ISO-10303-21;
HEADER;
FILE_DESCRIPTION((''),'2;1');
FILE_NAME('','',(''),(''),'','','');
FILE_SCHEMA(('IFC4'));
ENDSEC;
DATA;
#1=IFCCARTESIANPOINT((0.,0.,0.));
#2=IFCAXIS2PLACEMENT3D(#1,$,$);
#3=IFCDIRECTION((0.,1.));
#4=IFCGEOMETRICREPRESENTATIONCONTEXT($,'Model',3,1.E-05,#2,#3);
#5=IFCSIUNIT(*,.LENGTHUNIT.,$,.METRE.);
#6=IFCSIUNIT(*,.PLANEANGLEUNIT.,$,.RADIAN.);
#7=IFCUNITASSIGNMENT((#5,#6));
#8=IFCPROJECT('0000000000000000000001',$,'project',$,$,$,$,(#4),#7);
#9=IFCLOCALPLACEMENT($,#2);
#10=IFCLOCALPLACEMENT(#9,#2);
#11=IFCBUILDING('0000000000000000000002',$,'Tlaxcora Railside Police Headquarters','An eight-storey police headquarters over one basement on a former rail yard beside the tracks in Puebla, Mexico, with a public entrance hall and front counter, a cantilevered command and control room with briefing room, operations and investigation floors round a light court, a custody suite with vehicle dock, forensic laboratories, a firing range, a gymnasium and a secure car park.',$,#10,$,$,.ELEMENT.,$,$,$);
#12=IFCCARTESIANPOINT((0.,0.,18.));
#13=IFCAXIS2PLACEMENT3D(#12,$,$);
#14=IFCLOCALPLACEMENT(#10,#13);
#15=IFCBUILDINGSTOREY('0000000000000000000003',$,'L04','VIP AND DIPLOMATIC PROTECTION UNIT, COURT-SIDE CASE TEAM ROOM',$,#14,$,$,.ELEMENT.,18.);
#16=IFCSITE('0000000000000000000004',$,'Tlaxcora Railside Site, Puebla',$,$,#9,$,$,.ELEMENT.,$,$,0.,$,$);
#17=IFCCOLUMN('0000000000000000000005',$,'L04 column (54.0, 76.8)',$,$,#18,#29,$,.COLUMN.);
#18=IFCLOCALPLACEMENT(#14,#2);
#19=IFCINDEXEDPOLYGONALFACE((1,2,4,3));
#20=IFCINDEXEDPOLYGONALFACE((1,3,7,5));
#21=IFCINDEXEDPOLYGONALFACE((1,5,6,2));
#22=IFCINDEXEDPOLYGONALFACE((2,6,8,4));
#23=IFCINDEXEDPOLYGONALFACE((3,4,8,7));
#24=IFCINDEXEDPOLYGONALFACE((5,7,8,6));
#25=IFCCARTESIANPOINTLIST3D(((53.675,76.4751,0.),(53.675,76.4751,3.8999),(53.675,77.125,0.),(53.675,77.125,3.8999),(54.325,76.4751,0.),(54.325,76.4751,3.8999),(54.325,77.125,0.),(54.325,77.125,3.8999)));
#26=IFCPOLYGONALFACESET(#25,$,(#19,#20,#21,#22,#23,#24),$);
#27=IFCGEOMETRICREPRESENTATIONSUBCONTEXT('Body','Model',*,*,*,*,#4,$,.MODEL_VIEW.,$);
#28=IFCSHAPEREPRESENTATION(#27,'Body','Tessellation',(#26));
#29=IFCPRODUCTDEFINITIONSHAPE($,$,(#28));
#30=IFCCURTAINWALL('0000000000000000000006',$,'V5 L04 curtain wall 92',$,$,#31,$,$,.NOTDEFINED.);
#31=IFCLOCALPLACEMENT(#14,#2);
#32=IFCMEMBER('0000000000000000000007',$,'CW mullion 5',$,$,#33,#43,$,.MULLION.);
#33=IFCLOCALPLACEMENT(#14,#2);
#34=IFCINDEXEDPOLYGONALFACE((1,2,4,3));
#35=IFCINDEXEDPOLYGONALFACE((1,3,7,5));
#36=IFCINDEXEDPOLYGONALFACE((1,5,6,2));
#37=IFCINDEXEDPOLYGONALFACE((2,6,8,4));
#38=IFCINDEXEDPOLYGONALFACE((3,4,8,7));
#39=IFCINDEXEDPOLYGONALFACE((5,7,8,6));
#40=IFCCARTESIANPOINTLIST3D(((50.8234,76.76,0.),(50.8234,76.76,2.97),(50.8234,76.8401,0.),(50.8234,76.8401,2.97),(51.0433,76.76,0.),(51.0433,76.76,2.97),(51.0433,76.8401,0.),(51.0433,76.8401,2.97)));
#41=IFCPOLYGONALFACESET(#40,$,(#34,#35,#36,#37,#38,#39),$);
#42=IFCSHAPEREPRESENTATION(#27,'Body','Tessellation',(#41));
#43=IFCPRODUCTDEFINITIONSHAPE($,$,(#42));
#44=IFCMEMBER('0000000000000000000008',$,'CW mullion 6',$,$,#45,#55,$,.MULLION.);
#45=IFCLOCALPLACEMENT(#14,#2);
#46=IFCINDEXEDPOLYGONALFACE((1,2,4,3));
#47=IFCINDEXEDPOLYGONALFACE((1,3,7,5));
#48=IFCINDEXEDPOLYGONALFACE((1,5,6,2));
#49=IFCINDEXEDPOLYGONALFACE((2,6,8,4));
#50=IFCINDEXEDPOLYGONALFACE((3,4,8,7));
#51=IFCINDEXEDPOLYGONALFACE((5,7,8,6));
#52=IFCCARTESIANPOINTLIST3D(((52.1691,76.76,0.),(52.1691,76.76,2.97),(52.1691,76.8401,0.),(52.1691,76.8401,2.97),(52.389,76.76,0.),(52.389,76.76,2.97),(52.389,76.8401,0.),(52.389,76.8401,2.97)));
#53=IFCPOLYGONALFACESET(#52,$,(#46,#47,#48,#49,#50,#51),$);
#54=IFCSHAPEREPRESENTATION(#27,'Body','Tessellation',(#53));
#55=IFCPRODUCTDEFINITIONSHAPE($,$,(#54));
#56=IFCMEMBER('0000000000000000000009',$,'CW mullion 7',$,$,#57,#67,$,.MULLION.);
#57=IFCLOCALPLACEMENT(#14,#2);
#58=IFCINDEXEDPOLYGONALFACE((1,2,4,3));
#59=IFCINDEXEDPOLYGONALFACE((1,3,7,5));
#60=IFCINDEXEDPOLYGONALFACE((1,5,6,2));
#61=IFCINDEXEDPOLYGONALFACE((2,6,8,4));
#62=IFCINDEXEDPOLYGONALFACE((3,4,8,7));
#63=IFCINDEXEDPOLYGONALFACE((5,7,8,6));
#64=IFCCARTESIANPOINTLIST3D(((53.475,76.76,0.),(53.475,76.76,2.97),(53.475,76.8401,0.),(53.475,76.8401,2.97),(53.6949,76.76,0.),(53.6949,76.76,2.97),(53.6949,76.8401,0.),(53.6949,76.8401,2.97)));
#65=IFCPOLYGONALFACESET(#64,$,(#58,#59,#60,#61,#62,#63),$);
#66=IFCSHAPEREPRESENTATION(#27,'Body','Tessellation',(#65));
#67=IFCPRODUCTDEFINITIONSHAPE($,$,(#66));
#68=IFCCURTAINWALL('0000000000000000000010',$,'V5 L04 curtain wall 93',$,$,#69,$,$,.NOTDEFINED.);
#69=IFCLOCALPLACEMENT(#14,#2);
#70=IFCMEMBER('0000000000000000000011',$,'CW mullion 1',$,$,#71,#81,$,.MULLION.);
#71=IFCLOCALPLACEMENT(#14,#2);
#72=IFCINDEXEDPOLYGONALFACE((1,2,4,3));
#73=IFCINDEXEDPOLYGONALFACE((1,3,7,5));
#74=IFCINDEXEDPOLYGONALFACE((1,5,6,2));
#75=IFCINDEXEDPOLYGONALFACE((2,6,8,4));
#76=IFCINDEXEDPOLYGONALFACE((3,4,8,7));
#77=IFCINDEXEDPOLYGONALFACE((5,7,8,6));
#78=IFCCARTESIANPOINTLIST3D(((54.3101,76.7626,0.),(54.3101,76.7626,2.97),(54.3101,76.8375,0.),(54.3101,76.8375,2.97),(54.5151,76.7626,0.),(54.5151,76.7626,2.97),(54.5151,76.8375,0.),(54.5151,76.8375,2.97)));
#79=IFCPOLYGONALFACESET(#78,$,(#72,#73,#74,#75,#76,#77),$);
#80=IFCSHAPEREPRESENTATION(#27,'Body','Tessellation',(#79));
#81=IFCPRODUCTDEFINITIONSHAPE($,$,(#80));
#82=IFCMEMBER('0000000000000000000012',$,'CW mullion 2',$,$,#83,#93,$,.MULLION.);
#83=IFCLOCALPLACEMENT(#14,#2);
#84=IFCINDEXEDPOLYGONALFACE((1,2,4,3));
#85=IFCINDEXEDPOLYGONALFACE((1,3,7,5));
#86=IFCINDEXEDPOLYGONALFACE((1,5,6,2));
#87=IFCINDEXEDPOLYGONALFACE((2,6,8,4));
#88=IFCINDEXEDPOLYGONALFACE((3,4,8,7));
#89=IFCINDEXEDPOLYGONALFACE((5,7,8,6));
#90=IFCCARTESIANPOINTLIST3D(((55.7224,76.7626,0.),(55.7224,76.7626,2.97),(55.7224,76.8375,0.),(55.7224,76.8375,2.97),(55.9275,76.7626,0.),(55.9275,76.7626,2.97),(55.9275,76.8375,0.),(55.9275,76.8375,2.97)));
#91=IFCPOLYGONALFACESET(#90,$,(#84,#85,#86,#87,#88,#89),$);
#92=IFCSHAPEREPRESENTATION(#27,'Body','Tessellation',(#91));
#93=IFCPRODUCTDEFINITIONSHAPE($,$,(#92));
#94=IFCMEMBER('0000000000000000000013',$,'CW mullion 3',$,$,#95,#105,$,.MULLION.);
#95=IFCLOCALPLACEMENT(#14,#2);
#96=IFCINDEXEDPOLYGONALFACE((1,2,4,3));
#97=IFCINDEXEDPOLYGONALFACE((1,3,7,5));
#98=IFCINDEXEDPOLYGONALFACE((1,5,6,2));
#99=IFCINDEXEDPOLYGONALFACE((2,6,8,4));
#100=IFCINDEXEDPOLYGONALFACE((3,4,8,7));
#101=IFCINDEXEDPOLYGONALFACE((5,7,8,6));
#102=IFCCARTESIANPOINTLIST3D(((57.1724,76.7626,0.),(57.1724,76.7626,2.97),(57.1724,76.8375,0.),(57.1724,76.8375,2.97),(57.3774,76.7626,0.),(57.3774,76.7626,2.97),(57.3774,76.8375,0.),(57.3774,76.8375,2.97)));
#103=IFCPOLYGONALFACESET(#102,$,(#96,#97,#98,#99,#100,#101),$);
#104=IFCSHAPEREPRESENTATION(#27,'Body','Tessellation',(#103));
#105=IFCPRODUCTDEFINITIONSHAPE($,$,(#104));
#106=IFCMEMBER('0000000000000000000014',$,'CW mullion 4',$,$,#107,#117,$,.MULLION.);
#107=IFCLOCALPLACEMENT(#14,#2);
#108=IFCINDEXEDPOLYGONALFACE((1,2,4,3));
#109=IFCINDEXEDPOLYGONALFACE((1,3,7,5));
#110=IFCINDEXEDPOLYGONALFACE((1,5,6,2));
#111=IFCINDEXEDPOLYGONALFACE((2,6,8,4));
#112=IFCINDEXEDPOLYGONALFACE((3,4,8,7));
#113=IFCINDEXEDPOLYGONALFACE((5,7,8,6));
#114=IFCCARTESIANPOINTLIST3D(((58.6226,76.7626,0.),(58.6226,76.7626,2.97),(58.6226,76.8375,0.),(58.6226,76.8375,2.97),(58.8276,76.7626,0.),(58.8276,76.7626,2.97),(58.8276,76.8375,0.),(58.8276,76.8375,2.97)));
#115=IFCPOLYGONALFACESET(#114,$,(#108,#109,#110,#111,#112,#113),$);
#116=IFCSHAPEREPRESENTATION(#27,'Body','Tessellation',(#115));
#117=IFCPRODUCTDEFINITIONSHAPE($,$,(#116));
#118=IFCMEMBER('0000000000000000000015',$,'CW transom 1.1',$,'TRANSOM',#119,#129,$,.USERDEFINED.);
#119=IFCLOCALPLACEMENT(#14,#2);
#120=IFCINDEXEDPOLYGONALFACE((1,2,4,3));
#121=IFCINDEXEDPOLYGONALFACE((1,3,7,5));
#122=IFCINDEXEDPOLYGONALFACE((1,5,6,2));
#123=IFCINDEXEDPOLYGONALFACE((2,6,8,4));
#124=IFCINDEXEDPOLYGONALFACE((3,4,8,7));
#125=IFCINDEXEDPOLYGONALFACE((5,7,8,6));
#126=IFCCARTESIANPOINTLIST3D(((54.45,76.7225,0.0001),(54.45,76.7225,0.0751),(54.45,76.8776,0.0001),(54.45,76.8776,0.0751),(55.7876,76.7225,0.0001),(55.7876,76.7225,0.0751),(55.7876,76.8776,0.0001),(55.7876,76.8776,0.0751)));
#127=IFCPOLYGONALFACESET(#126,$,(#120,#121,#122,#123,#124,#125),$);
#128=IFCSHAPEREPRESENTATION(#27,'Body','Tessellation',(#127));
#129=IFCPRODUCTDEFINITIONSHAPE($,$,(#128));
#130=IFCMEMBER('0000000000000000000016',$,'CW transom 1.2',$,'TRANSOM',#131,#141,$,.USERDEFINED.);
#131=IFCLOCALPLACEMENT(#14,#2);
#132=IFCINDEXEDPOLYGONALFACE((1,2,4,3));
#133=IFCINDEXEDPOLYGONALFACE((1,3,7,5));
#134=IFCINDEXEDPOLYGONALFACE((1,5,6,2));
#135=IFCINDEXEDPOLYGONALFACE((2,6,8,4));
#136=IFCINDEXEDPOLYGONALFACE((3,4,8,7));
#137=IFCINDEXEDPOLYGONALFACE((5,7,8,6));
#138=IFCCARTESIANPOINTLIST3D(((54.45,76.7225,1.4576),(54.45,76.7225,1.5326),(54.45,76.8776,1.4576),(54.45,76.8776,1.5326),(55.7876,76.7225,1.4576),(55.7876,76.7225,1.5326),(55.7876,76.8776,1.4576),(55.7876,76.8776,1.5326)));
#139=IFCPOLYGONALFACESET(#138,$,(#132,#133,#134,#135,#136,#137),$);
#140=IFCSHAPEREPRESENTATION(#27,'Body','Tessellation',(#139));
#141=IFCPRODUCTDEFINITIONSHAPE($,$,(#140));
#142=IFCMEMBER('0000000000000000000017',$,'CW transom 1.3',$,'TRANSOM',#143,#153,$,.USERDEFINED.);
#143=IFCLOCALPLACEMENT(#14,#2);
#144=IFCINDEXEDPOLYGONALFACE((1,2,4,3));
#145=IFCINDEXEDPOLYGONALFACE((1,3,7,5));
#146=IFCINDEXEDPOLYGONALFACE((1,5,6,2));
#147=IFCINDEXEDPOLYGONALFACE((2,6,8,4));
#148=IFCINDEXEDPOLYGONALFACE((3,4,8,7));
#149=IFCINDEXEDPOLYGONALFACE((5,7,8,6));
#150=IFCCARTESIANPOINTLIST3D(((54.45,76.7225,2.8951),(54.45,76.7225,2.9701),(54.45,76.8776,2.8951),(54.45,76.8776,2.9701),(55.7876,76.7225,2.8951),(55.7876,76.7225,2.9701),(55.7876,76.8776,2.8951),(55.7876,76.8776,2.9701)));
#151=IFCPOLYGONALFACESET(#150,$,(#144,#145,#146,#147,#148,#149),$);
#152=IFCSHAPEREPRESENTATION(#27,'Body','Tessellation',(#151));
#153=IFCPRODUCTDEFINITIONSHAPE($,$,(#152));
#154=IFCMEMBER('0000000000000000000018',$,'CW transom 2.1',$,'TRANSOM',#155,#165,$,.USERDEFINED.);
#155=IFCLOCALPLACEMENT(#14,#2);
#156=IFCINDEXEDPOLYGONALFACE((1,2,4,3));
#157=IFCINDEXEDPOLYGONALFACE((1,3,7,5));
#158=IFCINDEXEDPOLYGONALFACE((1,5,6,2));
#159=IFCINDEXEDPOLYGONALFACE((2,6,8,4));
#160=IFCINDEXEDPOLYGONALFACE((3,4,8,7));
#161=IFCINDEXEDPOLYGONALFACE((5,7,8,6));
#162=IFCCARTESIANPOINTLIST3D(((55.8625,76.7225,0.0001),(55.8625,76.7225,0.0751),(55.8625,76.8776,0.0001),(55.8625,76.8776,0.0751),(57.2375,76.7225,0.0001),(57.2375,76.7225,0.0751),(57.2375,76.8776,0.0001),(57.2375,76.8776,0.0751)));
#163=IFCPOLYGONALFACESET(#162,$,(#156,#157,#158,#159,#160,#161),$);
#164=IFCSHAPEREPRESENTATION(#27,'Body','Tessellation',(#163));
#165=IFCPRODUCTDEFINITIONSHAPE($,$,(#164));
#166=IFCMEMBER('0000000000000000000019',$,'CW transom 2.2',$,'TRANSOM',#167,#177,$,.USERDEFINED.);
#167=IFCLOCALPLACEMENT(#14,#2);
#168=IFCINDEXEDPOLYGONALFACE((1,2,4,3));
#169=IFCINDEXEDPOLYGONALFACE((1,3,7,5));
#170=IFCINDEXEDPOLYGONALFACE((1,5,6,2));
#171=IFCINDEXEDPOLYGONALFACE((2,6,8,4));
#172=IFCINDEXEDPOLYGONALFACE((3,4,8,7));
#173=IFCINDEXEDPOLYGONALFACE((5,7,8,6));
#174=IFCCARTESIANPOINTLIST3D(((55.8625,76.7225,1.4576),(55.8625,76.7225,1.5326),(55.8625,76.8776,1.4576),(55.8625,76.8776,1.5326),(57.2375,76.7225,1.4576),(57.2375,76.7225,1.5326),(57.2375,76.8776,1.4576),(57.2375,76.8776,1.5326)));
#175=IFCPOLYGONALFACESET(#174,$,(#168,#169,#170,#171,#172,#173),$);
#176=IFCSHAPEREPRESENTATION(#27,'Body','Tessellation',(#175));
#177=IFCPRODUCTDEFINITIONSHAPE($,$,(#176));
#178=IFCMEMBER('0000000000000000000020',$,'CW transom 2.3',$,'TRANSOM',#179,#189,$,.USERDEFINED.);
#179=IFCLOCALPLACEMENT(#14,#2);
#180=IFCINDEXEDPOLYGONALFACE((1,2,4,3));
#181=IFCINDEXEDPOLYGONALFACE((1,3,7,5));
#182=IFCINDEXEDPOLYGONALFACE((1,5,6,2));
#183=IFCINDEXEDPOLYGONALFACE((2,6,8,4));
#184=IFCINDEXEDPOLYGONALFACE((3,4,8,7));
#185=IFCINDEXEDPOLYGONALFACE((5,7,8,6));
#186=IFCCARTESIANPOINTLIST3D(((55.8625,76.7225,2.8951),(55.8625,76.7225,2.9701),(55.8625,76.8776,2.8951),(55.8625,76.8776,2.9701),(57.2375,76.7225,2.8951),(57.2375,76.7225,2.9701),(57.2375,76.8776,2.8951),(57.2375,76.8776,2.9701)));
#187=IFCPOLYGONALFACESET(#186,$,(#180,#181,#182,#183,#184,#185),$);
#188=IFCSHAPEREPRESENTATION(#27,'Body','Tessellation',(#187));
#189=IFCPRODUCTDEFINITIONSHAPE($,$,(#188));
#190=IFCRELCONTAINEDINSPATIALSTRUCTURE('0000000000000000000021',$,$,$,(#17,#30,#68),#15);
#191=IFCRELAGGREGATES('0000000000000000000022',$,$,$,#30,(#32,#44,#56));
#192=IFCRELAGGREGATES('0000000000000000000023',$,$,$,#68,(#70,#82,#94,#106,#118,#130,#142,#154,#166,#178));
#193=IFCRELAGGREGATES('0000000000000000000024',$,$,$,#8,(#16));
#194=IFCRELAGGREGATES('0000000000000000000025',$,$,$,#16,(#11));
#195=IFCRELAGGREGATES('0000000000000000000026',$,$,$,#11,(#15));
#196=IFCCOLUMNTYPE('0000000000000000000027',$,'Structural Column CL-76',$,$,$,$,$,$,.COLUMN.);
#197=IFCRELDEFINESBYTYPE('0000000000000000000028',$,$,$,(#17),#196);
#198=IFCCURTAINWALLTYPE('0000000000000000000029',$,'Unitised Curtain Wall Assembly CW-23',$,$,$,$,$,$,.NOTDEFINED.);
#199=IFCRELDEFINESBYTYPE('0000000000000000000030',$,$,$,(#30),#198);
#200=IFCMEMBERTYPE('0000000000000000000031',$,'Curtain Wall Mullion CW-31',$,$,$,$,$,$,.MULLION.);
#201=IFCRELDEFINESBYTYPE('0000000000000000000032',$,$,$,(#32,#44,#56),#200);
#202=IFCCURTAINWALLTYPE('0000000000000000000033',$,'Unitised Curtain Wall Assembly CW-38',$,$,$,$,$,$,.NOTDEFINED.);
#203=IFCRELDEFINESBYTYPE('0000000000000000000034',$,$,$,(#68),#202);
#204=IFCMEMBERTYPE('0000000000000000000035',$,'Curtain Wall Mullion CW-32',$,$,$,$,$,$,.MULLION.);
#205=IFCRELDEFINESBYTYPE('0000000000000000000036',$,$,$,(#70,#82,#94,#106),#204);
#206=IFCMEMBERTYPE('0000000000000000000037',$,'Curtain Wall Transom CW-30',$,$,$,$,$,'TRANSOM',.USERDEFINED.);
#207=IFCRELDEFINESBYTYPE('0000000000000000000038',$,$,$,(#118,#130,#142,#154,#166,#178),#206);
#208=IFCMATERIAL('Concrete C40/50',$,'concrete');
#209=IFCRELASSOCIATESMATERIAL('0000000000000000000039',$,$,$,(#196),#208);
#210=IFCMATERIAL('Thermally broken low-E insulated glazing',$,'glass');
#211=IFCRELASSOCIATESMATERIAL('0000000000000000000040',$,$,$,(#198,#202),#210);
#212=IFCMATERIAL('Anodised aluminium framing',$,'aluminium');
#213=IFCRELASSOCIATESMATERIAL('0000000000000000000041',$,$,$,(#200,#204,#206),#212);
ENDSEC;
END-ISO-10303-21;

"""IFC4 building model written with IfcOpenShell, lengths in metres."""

from ifc_helpers import new_model, si_unit, direction, frame, origin, origin_2d, place, context, subcontext, project, spatial, rectangle, extrude, material, material_profile, profile_set, type_object, element, aggregate, save


model = new_model("IFC4")

# Units and contexts
model_context = context("Model", 3, precision=1e-05, world=origin(), true_north=direction((0.0, 1.0)))
body_context = subcontext(model_context, "Body", "Model", "MODEL_VIEW")
ifc_project = project(units=[si_unit("LENGTHUNIT", "METRE"), si_unit("PLANEANGLEUNIT", "RADIAN")], contexts=[model_context])

# Site, building, storey
site_placement = place(None, origin())
site = spatial("IfcSite", under=ifc_project, at=site_placement, Name="Tlaxcora Railside Site, Puebla", CompositionType="ELEMENT", RefElevation=0.0)
building_placement = place(site_placement, origin())
building = spatial("IfcBuilding", under=site, at=building_placement, Name="Tlaxcora Railside Police Headquarters", Description="An eight-storey police headquarters over one basement on a former rail yard beside the tracks in Puebla, Mexico, with a public entrance hall and front counter, a cantilevered command and control room with briefing room, operations and investigation floors round a light court, a custody suite with vehicle dock, forensic laboratories, a firing range, a gymnasium and a secure car park.", CompositionType="ELEMENT")
storey_placement = place(building_placement, frame((0.0, 0.0, 18.0)))
storey = spatial("IfcBuildingStorey", under=building, at=storey_placement, Name="L04", Description="VIP AND DIPLOMATIC PROTECTION UNIT, COURT-SIDE CASE TEAM ROOM", CompositionType="ELEMENT", Elevation=18.0)

# Column
ifc_material_1 = material(Name="Concrete C40/50", Category="concrete")
ifc_material_profile_1 = material_profile(ifc_material_1, rectangle(XDim=0.6499, YDim=0.6499, at=origin_2d()), Name="RC650X650")
ifc_profile_set_1 = profile_set([ifc_material_profile_1], Name="Concrete C40/50")
column_type = type_object("IfcColumnType", Name="Structural Column CL-76", PredefinedType="COLUMN", material=ifc_profile_set_1)
column_placement = place(storey_placement, frame((54.0, 76.8, 0.0), z_axis=(0.0, 0.0, 1.0), x_axis=(1.0, 0.0, 0.0)))
element("IfcColumn", 1, at=column_placement, inside=storey, type_object=column_type, Name="L04 column (54.0, 76.8)", PredefinedType="COLUMN", context=body_context, shape_type="SweptSolid", body=[
    extrude(rectangle(XDim=0.6499, YDim=0.6499, at=origin_2d()), origin(), (0.0, 0.0, 1.0), 3.8999),
])

# Curtain walls, members
ifc_material_2 = material(Name="Thermally broken low-E insulated glazing", Category="glass")
curtain_wall_type_1 = type_object("IfcCurtainWallType", Name="Unitised Curtain Wall Assembly CW-23", PredefinedType="NOTDEFINED", material=ifc_material_2)
curtain_wall_1_placement = place(storey_placement, origin())
curtain_wall_1 = element("IfcCurtainWall", 2, at=curtain_wall_1_placement, inside=storey, type_object=curtain_wall_type_1, Name="V5 L04 curtain wall 92", PredefinedType="NOTDEFINED")
ifc_material_3 = material(Name="Anodised aluminium framing", Category="aluminium")
ifc_material_profile_2 = material_profile(ifc_material_3, rectangle(XDim=0.0801, YDim=0.22, at=origin_2d()), Name="AL80X220")
ifc_profile_set_2 = profile_set([ifc_material_profile_2], Name="Anodised aluminium framing")
member_type_1 = type_object("IfcMemberType", Name="Curtain Wall Mullion CW-31", PredefinedType="MULLION", material=ifc_profile_set_2)
member_1_placement = place(storey_placement, frame((50.9333, 76.8, 0.0), z_axis=(0.0, 0.0, 1.0), x_axis=(0.0, 1.0, 0.0)))
member_1 = element("IfcMember", 3, at=member_1_placement, type_object=member_type_1, Name="CW mullion 5", PredefinedType="MULLION", context=body_context, shape_type="SweptSolid", body=[
    extrude(rectangle(XDim=0.0801, YDim=0.22, at=origin_2d()), origin(), (0.0, 0.0, 1.0), 2.97),
])
member_2_placement = place(storey_placement, frame((52.2791, 76.8, 0.0), z_axis=(0.0, 0.0, 1.0), x_axis=(0.0, 1.0, 0.0)))
member_2 = element("IfcMember", 4, at=member_2_placement, type_object=member_type_1, Name="CW mullion 6", PredefinedType="MULLION", context=body_context, shape_type="SweptSolid", body=[
    extrude(rectangle(XDim=0.0801, YDim=0.22, at=origin_2d()), origin(), (0.0, 0.0, 1.0), 2.97),
])
member_3_placement = place(storey_placement, frame((53.585, 76.8, 0.0), z_axis=(0.0, 0.0, 1.0), x_axis=(0.0, 1.0, 0.0)))
member_3 = element("IfcMember", 5, at=member_3_placement, type_object=member_type_1, Name="CW mullion 7", PredefinedType="MULLION", context=body_context, shape_type="SweptSolid", body=[
    extrude(rectangle(XDim=0.0801, YDim=0.22, at=origin_2d()), origin(), (0.0, 0.0, 1.0), 2.97),
])
curtain_wall_type_2 = type_object("IfcCurtainWallType", Name="Unitised Curtain Wall Assembly CW-38", PredefinedType="NOTDEFINED", material=ifc_material_2)
curtain_wall_2_placement = place(storey_placement, origin())
curtain_wall_2 = element("IfcCurtainWall", 6, at=curtain_wall_2_placement, inside=storey, type_object=curtain_wall_type_2, Name="V5 L04 curtain wall 93", PredefinedType="NOTDEFINED")
ifc_material_profile_3 = material_profile(ifc_material_3, rectangle(XDim=0.075, YDim=0.2051, at=origin_2d()), Name="AL75X205")
ifc_profile_set_3 = profile_set([ifc_material_profile_3], Name="Anodised aluminium framing")
member_type_2 = type_object("IfcMemberType", Name="Curtain Wall Mullion CW-32", PredefinedType="MULLION", material=ifc_profile_set_3)
member_4_placement = place(storey_placement, frame((54.4126, 76.8, 0.0), z_axis=(0.0, 0.0, 1.0), x_axis=(0.0, 1.0, 0.0)))
member_4 = element("IfcMember", 7, at=member_4_placement, type_object=member_type_2, Name="CW mullion 1", PredefinedType="MULLION", context=body_context, shape_type="SweptSolid", body=[
    extrude(rectangle(XDim=0.075, YDim=0.2051, at=origin_2d()), origin(), (0.0, 0.0, 1.0), 2.97),
])
member_5_placement = place(storey_placement, frame((55.825, 76.8, 0.0), z_axis=(0.0, 0.0, 1.0), x_axis=(0.0, 1.0, 0.0)))
member_5 = element("IfcMember", 8, at=member_5_placement, type_object=member_type_2, Name="CW mullion 2", PredefinedType="MULLION", context=body_context, shape_type="SweptSolid", body=[
    extrude(rectangle(XDim=0.075, YDim=0.2051, at=origin_2d()), origin(), (0.0, 0.0, 1.0), 2.97),
])
member_6_placement = place(storey_placement, frame((57.2749, 76.8, 0.0), z_axis=(0.0, 0.0, 1.0), x_axis=(0.0, 1.0, 0.0)))
member_6 = element("IfcMember", 9, at=member_6_placement, type_object=member_type_2, Name="CW mullion 3", PredefinedType="MULLION", context=body_context, shape_type="SweptSolid", body=[
    extrude(rectangle(XDim=0.075, YDim=0.2051, at=origin_2d()), origin(), (0.0, 0.0, 1.0), 2.97),
])
member_7_placement = place(storey_placement, frame((58.7251, 76.8, 0.0), z_axis=(0.0, 0.0, 1.0), x_axis=(0.0, 1.0, 0.0)))
member_7 = element("IfcMember", 10, at=member_7_placement, type_object=member_type_2, Name="CW mullion 4", PredefinedType="MULLION", context=body_context, shape_type="SweptSolid", body=[
    extrude(rectangle(XDim=0.075, YDim=0.2051, at=origin_2d()), origin(), (0.0, 0.0, 1.0), 2.97),
])
ifc_material_profile_4 = material_profile(ifc_material_3, rectangle(XDim=0.155, YDim=0.075, at=origin_2d()), Name="AL75X155")
ifc_profile_set_4 = profile_set([ifc_material_profile_4], Name="Anodised aluminium framing")
member_type_3 = type_object("IfcMemberType", Name="Curtain Wall Transom CW-30", ElementType="TRANSOM", PredefinedType="USERDEFINED", material=ifc_profile_set_4)
member_8_placement = place(storey_placement, frame((54.45, 76.8, 0.0376), z_axis=(1.0, 0.0, 0.0), x_axis=(0.0, 1.0, 0.0)))
member_8 = element("IfcMember", 11, at=member_8_placement, type_object=member_type_3, Name="CW transom 1.1", ObjectType="TRANSOM", PredefinedType="USERDEFINED", context=body_context, shape_type="SweptSolid", body=[
    extrude(rectangle(XDim=0.155, YDim=0.075, at=origin_2d()), origin(), (0.0, 0.0, 1.0), 1.3376),
])
member_9_placement = place(storey_placement, frame((54.45, 76.8, 1.4951), z_axis=(1.0, 0.0, 0.0), x_axis=(0.0, 1.0, 0.0)))
member_9 = element("IfcMember", 12, at=member_9_placement, type_object=member_type_3, Name="CW transom 1.2", ObjectType="TRANSOM", PredefinedType="USERDEFINED", context=body_context, shape_type="SweptSolid", body=[
    extrude(rectangle(XDim=0.155, YDim=0.075, at=origin_2d()), origin(), (0.0, 0.0, 1.0), 1.3376),
])
member_10_placement = place(storey_placement, frame((54.45, 76.8, 2.9326), z_axis=(1.0, 0.0, 0.0), x_axis=(0.0, 1.0, 0.0)))
member_10 = element("IfcMember", 13, at=member_10_placement, type_object=member_type_3, Name="CW transom 1.3", ObjectType="TRANSOM", PredefinedType="USERDEFINED", context=body_context, shape_type="SweptSolid", body=[
    extrude(rectangle(XDim=0.155, YDim=0.075, at=origin_2d()), origin(), (0.0, 0.0, 1.0), 1.3376),
])
member_11_placement = place(storey_placement, frame((55.8625, 76.8, 0.0376), z_axis=(1.0, 0.0, 0.0), x_axis=(0.0, 1.0, 0.0)))
member_11 = element("IfcMember", 14, at=member_11_placement, type_object=member_type_3, Name="CW transom 2.1", ObjectType="TRANSOM", PredefinedType="USERDEFINED", context=body_context, shape_type="SweptSolid", body=[
    extrude(rectangle(XDim=0.155, YDim=0.075, at=origin_2d()), origin(), (0.0, 0.0, 1.0), 1.375),
])
member_12_placement = place(storey_placement, frame((55.8625, 76.8, 1.4951), z_axis=(1.0, 0.0, 0.0), x_axis=(0.0, 1.0, 0.0)))
member_12 = element("IfcMember", 15, at=member_12_placement, type_object=member_type_3, Name="CW transom 2.2", ObjectType="TRANSOM", PredefinedType="USERDEFINED", context=body_context, shape_type="SweptSolid", body=[
    extrude(rectangle(XDim=0.155, YDim=0.075, at=origin_2d()), origin(), (0.0, 0.0, 1.0), 1.375),
])
member_13_placement = place(storey_placement, frame((55.8625, 76.8, 2.9326), z_axis=(1.0, 0.0, 0.0), x_axis=(0.0, 1.0, 0.0)))
member_13 = element("IfcMember", 16, at=member_13_placement, type_object=member_type_3, Name="CW transom 2.3", ObjectType="TRANSOM", PredefinedType="USERDEFINED", context=body_context, shape_type="SweptSolid", body=[
    extrude(rectangle(XDim=0.155, YDim=0.075, at=origin_2d()), origin(), (0.0, 0.0, 1.0), 1.375),
])

aggregate(curtain_wall_1, [member_1, member_2, member_3])
aggregate(curtain_wall_2, [member_4, member_5, member_6, member_7, member_8, member_9, member_10, member_11, member_12, member_13])

save(model, "model.ifc")
